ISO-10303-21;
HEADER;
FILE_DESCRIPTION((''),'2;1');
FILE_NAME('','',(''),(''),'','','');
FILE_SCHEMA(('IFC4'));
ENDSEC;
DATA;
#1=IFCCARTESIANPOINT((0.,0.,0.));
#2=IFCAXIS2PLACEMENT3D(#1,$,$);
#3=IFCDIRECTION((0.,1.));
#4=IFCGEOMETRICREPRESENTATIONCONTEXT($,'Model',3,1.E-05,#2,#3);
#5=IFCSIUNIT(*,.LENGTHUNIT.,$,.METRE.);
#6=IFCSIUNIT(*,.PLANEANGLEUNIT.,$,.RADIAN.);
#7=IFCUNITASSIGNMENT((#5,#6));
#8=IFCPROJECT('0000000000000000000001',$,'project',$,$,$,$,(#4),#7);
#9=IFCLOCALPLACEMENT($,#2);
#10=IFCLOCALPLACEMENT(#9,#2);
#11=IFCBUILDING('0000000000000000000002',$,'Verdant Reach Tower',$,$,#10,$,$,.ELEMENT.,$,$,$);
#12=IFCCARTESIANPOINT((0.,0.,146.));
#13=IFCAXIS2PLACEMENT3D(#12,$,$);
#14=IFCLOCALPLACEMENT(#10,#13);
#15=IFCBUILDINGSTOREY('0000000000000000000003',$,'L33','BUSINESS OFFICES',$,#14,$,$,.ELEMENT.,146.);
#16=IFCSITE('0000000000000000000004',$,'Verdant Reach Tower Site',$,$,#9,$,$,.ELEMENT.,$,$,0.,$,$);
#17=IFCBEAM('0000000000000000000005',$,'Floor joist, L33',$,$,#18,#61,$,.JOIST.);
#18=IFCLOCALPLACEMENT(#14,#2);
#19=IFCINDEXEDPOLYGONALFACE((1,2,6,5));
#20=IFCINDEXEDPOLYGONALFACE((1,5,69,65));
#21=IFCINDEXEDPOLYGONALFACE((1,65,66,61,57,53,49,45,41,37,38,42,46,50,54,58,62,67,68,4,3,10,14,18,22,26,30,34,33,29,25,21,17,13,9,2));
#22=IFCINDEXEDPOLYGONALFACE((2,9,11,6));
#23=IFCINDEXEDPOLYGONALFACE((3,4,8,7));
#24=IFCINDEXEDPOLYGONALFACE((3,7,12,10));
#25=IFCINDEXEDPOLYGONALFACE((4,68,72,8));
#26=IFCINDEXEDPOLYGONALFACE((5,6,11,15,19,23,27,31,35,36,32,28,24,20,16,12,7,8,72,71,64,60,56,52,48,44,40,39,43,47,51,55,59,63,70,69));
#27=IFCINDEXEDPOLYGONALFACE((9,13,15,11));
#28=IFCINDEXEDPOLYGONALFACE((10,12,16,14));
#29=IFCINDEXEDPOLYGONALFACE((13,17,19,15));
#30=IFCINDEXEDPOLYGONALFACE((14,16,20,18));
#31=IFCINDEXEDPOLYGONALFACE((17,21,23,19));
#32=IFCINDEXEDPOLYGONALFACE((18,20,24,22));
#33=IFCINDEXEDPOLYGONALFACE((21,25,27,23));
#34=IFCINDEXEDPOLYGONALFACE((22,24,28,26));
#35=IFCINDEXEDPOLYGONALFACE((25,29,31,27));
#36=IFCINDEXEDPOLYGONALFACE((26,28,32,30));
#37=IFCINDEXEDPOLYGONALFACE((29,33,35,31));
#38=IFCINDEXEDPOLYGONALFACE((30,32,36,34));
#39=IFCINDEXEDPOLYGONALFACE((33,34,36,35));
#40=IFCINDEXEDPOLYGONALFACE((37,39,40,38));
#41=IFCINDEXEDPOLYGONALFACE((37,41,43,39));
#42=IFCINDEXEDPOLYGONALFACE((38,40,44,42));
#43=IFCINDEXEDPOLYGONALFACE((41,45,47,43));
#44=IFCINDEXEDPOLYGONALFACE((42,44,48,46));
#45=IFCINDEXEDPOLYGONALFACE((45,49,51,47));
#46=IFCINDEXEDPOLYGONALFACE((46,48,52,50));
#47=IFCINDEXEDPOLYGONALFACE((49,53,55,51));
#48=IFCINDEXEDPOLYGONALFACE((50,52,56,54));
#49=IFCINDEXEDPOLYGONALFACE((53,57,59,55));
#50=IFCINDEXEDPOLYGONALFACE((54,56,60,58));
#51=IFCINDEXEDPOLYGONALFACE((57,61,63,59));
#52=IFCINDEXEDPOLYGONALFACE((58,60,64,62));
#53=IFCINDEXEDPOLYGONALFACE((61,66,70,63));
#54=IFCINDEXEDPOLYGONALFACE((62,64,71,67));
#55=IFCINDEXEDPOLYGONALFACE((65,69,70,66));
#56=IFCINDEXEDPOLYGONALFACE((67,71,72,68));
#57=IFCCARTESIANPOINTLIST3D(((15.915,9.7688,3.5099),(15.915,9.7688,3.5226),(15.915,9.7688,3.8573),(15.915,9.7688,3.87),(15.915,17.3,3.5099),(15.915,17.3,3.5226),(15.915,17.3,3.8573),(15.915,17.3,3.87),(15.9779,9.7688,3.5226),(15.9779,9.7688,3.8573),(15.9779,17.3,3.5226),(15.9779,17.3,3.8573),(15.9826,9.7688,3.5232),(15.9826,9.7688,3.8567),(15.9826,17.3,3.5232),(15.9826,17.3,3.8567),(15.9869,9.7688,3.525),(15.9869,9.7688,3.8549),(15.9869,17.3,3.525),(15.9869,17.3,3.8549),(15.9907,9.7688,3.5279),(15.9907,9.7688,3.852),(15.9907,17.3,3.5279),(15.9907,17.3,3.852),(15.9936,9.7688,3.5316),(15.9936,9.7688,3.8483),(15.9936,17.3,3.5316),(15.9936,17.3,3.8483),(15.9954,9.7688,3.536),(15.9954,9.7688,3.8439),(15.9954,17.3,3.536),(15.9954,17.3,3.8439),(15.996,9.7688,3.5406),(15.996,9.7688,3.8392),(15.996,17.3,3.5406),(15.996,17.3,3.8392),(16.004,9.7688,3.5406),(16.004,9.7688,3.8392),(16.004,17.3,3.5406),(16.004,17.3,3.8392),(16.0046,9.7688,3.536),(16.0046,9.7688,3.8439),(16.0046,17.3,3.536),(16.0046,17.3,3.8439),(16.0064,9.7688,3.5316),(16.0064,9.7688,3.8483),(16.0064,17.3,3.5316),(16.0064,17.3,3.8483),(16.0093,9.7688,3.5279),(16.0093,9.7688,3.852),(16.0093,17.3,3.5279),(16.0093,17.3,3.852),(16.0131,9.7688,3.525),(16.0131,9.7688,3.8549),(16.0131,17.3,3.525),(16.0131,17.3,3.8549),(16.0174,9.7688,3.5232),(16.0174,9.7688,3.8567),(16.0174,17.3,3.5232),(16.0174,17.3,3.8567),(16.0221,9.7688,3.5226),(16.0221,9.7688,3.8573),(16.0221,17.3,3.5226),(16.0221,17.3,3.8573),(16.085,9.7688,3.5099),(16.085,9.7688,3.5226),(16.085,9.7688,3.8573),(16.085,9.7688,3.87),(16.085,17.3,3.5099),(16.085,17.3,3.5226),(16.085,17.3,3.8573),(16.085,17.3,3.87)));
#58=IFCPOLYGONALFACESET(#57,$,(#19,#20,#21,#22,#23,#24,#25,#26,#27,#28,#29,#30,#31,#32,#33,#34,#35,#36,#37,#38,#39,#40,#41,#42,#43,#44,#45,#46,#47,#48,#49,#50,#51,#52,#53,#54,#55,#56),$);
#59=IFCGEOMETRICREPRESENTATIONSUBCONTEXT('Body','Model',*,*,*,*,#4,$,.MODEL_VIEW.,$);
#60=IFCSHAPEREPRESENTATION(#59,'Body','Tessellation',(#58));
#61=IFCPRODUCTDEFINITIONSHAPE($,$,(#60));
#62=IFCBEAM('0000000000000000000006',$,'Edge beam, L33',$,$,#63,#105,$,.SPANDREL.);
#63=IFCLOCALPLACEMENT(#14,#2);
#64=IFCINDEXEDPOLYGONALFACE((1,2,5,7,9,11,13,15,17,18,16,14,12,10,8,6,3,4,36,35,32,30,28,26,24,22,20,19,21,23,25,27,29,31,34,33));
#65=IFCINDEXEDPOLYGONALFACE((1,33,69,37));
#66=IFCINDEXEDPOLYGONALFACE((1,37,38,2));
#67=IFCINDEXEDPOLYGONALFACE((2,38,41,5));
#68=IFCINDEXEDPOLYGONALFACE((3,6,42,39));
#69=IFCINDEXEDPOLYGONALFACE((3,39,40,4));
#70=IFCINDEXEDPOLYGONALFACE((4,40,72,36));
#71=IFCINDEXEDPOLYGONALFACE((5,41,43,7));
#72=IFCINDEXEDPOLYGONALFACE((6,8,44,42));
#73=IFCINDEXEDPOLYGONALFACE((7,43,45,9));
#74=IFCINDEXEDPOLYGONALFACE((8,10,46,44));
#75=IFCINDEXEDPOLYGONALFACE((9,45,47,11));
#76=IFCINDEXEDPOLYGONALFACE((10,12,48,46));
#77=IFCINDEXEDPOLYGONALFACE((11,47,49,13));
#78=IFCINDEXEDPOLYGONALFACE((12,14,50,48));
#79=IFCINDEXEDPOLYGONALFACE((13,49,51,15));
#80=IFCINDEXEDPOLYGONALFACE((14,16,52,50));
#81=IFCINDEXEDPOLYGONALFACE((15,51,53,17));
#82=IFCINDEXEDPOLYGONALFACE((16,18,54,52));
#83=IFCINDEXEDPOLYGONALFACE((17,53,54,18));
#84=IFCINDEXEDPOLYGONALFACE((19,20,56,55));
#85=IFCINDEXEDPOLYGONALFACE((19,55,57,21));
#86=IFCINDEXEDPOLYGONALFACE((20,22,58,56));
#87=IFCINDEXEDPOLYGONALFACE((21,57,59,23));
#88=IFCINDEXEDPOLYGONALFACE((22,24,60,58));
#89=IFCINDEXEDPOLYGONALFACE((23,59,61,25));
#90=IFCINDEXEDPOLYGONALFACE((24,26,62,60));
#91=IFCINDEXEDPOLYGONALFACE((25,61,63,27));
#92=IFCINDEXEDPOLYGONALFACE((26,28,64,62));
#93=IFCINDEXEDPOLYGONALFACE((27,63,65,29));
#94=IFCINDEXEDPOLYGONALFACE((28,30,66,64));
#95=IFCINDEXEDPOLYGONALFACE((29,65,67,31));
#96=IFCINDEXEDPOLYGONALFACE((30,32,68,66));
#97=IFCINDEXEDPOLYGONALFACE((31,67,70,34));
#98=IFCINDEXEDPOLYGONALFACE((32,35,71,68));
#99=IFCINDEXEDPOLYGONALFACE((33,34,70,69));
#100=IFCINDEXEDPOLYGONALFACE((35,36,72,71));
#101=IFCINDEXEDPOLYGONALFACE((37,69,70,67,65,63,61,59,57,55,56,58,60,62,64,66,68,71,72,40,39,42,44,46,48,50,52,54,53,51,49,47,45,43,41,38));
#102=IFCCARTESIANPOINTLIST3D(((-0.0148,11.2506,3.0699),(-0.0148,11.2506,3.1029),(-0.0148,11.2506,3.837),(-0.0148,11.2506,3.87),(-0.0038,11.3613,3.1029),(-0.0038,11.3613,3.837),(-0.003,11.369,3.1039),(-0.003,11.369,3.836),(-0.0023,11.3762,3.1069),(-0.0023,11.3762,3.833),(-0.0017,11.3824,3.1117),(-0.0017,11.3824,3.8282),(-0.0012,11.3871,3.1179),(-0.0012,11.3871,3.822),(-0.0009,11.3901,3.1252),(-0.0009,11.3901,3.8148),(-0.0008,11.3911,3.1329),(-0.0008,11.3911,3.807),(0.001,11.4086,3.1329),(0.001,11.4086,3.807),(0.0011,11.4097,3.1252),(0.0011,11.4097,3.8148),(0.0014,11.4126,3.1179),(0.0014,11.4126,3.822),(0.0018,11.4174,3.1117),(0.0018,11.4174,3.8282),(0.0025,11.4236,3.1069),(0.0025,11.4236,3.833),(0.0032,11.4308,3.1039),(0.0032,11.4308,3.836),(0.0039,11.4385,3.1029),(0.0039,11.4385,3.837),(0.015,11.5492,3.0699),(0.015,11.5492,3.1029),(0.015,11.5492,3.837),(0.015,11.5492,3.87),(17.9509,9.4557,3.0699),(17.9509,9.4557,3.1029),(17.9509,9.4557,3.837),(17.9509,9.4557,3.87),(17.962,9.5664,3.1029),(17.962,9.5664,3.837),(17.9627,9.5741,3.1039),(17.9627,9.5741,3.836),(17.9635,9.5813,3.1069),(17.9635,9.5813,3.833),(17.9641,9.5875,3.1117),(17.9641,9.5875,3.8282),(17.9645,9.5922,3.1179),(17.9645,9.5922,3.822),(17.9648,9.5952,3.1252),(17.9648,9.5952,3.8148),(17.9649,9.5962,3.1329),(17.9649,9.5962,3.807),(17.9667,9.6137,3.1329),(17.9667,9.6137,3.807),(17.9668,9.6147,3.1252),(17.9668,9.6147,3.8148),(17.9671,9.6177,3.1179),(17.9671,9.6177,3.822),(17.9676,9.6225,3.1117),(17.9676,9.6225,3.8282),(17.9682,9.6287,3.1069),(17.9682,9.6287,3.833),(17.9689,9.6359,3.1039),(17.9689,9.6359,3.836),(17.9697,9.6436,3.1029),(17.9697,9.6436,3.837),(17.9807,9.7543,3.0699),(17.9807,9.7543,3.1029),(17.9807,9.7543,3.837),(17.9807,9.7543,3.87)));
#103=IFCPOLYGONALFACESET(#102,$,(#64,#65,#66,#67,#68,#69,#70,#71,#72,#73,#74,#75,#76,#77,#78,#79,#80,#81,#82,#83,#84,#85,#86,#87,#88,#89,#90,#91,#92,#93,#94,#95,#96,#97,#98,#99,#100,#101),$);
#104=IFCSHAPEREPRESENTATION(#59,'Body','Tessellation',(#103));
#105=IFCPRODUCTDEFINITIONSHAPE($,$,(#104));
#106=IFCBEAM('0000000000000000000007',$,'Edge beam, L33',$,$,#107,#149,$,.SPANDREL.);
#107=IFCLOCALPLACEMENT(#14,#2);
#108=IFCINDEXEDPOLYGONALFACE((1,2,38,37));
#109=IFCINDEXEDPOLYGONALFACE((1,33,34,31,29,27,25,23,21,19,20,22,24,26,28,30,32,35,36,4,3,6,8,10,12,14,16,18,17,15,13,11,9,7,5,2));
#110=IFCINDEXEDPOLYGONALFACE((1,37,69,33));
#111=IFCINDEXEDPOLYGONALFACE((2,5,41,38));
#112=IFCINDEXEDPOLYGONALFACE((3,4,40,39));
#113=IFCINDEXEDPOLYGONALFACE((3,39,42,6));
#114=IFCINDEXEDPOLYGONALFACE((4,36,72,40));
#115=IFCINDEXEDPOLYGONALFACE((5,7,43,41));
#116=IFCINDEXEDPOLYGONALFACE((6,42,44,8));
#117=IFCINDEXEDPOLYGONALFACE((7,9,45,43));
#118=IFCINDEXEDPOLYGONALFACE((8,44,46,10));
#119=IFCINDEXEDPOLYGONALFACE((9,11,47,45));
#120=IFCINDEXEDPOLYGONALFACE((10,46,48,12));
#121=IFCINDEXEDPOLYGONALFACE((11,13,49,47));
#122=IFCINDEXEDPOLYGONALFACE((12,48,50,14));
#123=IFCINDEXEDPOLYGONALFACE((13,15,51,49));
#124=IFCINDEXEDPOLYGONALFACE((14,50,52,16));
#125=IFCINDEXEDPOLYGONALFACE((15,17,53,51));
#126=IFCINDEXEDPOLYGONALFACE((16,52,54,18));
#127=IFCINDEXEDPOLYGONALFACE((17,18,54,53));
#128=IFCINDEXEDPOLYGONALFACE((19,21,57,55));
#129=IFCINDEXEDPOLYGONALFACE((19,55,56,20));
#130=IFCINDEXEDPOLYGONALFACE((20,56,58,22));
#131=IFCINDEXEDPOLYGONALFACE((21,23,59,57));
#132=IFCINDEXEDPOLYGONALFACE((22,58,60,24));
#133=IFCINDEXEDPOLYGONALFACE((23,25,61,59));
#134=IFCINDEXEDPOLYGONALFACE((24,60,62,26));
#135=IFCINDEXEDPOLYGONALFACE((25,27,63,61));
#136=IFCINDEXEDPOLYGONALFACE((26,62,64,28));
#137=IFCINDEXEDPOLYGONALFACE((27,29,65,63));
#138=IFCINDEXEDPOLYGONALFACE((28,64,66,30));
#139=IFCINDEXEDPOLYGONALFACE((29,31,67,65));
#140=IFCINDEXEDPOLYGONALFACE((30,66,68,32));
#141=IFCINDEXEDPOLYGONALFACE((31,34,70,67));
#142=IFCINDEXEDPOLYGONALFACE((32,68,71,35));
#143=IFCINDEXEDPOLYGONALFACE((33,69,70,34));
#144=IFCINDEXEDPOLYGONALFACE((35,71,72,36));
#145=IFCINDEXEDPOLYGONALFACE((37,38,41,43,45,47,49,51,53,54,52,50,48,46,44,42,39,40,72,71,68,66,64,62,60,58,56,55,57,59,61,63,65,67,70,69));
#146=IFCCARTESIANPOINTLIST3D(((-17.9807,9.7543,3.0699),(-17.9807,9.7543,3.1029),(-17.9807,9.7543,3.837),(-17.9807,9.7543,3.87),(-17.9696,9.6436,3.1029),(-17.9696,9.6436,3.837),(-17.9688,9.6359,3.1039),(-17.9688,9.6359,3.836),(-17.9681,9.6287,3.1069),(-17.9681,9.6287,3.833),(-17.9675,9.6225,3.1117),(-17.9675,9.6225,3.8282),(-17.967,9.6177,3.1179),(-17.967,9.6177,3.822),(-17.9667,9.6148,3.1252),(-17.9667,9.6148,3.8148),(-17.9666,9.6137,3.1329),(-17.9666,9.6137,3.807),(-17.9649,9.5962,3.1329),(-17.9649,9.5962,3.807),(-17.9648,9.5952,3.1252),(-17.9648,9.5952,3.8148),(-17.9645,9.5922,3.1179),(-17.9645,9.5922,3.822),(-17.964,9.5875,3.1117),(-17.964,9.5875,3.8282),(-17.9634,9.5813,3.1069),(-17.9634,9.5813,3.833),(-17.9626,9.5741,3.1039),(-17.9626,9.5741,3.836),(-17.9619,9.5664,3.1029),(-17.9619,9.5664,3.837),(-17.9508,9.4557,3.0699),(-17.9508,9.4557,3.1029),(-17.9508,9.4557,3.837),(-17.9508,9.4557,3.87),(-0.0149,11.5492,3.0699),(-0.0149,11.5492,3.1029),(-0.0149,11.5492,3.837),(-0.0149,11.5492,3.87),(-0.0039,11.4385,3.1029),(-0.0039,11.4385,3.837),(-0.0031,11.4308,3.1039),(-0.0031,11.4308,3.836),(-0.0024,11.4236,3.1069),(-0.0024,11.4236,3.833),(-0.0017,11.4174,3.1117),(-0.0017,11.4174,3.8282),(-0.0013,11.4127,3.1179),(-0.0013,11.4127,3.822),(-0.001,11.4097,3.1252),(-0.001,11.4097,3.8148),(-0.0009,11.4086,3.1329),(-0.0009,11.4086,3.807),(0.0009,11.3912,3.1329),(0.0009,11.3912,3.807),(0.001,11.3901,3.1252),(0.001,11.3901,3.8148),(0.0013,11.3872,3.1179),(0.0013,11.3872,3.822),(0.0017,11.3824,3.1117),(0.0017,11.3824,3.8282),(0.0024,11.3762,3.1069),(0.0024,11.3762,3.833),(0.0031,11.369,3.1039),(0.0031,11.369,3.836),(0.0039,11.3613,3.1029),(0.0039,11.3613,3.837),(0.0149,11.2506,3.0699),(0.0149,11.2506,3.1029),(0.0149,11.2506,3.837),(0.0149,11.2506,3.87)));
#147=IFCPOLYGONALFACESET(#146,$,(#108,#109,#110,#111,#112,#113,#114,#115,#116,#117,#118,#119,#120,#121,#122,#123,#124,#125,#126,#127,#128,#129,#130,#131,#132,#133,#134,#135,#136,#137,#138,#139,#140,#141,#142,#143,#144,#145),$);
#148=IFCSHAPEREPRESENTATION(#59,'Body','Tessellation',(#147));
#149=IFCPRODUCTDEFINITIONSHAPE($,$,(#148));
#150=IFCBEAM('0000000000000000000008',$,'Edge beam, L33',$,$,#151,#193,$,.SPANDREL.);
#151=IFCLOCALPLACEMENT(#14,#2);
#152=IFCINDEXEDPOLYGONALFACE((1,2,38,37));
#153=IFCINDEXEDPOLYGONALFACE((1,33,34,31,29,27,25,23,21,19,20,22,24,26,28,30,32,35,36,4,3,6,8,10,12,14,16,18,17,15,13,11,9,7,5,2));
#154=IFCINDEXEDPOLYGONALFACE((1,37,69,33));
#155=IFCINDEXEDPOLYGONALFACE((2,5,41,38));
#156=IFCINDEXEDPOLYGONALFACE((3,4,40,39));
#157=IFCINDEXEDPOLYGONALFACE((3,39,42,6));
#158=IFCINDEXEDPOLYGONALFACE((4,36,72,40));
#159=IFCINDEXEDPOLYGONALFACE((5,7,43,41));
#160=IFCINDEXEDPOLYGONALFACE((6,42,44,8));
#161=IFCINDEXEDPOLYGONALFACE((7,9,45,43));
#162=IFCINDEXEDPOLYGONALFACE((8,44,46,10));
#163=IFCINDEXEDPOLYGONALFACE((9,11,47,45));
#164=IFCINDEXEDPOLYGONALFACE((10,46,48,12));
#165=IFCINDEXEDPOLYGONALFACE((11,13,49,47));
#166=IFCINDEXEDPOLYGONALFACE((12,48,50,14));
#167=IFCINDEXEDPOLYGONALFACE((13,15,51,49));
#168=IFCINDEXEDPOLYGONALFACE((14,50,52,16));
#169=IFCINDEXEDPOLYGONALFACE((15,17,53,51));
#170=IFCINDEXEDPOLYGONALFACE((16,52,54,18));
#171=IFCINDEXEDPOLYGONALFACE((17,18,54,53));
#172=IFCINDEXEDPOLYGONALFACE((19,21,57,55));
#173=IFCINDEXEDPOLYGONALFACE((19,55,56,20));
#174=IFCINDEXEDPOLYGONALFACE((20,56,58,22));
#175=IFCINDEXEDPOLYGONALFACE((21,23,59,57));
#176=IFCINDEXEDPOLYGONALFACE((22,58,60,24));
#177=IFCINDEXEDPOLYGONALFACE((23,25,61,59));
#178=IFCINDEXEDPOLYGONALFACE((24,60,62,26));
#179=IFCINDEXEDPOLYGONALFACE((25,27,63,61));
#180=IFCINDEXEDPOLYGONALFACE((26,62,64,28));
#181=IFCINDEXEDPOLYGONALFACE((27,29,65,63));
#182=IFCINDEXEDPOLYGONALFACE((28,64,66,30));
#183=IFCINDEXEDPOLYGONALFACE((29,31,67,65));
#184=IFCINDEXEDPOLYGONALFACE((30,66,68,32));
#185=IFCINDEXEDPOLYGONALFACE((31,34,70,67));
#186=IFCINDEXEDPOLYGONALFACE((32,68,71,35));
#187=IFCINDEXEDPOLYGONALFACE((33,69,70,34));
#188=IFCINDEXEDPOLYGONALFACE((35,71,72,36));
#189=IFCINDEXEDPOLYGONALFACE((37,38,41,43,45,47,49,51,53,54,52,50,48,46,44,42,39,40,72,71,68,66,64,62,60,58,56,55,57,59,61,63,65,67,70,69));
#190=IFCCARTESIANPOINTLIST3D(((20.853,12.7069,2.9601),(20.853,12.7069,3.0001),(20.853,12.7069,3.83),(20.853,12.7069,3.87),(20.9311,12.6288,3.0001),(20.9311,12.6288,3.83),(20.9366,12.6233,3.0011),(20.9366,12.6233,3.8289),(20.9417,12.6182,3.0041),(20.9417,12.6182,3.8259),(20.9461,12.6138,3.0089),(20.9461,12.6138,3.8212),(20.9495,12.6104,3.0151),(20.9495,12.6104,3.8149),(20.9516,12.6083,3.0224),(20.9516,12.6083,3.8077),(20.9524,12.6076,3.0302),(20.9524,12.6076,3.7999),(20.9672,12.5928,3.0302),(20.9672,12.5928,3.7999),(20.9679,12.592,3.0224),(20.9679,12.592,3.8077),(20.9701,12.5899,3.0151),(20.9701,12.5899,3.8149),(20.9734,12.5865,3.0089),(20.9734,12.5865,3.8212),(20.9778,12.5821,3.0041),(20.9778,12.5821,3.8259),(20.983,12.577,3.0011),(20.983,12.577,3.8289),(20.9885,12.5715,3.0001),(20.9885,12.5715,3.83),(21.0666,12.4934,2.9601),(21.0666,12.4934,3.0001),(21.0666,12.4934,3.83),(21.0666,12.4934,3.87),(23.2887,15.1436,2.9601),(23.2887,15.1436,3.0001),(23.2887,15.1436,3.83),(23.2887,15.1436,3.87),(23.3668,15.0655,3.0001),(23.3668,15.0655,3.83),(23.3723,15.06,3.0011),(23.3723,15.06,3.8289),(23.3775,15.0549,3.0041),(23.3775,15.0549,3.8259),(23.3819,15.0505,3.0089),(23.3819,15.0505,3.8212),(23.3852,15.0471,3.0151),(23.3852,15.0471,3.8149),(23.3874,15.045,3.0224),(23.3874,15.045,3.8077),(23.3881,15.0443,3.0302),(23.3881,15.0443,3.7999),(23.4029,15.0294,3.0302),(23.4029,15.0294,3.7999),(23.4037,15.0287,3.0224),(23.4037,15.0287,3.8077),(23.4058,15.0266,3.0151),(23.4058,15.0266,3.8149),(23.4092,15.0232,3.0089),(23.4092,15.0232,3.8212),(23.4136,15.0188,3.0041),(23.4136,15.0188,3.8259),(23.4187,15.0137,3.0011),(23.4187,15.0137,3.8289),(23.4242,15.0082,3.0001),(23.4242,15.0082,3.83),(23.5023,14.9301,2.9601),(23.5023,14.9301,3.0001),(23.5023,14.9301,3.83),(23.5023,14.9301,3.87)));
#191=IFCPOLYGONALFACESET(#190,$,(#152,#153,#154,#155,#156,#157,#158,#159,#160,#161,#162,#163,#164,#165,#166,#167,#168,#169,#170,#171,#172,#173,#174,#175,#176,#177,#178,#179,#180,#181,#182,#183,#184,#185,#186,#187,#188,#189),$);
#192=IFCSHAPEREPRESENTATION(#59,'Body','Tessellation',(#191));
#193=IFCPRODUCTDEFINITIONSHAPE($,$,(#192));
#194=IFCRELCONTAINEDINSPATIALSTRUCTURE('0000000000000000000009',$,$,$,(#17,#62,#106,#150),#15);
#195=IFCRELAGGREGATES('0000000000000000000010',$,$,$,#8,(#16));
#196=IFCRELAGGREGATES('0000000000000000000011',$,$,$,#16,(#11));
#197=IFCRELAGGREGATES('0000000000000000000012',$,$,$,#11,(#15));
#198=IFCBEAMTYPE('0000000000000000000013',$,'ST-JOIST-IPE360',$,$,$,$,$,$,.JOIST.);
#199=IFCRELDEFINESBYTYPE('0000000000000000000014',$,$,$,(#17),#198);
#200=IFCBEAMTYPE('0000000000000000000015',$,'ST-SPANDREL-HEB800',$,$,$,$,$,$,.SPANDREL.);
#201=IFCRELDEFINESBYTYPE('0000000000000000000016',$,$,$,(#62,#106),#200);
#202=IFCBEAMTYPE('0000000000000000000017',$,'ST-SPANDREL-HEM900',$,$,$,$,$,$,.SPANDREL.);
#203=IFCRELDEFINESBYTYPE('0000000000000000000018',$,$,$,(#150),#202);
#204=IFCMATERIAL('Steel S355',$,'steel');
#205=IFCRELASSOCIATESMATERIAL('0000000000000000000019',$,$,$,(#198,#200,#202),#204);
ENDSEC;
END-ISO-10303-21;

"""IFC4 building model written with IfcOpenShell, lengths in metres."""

from ifc_helpers import new_model, si_unit, direction, frame, origin, origin_2d, place, context, subcontext, project, spatial, i_section, extrude, material, material_profile, profile_set, type_object, element, save


model = new_model("IFC4")

# Units and contexts
model_context = context("Model", 3, precision=1e-05, world=origin(), true_north=direction((0.0, 1.0)))
body_context = subcontext(model_context, "Body", "Model", "MODEL_VIEW")
ifc_project = project(units=[si_unit("LENGTHUNIT", "METRE"), si_unit("PLANEANGLEUNIT", "RADIAN")], contexts=[model_context])

# Site, building, storey
site_placement = place(None, origin())
site = spatial("IfcSite", under=ifc_project, at=site_placement, Name="Verdant Reach Tower Site", CompositionType="ELEMENT", RefElevation=0.0)
building_placement = place(site_placement, origin())
building = spatial("IfcBuilding", under=site, at=building_placement, Name="Verdant Reach Tower", CompositionType="ELEMENT")
storey_placement = place(building_placement, frame((0.0, 0.0, 146.0)))
storey = spatial("IfcBuildingStorey", under=building, at=storey_placement, Name="L33", Description="BUSINESS OFFICES", CompositionType="ELEMENT", Elevation=146.0)

# Beams
ifc_material_1 = material(Name="Steel S355", Category="steel")
ifc_material_profile_1 = material_profile(ifc_material_1, i_section(OverallWidth=0.1699, OverallDepth=0.3601, WebThickness=0.0081, FlangeThickness=0.0127, FilletRadius=0.0181, at=origin_2d()), Name="IPE 360")
ifc_profile_set_1 = profile_set([ifc_material_profile_1], Name="Steel S355")
beam_type_1 = type_object("IfcBeamType", Name="ST-JOIST-IPE360", PredefinedType="JOIST", material=ifc_profile_set_1)
beam_1_placement = place(storey_placement, frame((16.0, 17.3, 3.6899), z_axis=(0.0, -1.0, 0.0), x_axis=(1.0, 0.0, 0.0)))
element("IfcBeam", 1, at=beam_1_placement, inside=storey, type_object=beam_type_1, Name="Floor joist, L33", PredefinedType="JOIST", context=body_context, shape_type="SweptSolid", body=[
    extrude(i_section(OverallWidth=0.1699, OverallDepth=0.3601, WebThickness=0.0081, FlangeThickness=0.0127, FilletRadius=0.0181, at=origin_2d()), origin(), (0.0, 0.0, 1.0), 7.5312),
])
ifc_material_profile_2 = material_profile(ifc_material_1, i_section(OverallWidth=0.3, OverallDepth=0.8, WebThickness=0.0176, FlangeThickness=0.033, FilletRadius=0.03, at=origin_2d()), Name="HEB 800")
ifc_profile_set_2 = profile_set([ifc_material_profile_2], Name="Steel S355")
beam_type_2 = type_object("IfcBeamType", Name="ST-SPANDREL-HEB800", PredefinedType="SPANDREL", material=ifc_profile_set_2)
for number, where, z_axis, x_axis, name in (
    (2, (17.9658, 9.605, 3.47), (-0.995046, 0.099413, 0.0), (-0.099413, -0.995046, 0.0), "Edge beam, L33"),
    (3, (0.0, 11.3999, 3.47), (-0.995046, -0.099413, 0.0), (0.099413, -0.995046, 0.0), "Edge beam, L33"),
):
    element("IfcBeam", number, at=place(storey_placement, frame(where, z_axis=z_axis, x_axis=x_axis)), inside=storey, type_object=beam_type_2, Name=name, PredefinedType="SPANDREL", context=body_context, shape_type="SweptSolid", body=[
        extrude(i_section(OverallWidth=0.3, OverallDepth=0.8, WebThickness=0.0176, FlangeThickness=0.033, FilletRadius=0.03, at=origin_2d()), origin(), (0.0, 0.0, 1.0), 18.0552),
    ])
ifc_material_profile_3 = material_profile(ifc_material_1, i_section(OverallWidth=0.302, OverallDepth=0.9099, WebThickness=0.021, FlangeThickness=0.04, FilletRadius=0.03, at=origin_2d()), Name="HEM 900")
ifc_profile_set_3 = profile_set([ifc_material_profile_3], Name="Steel S355")
beam_type_3 = type_object("IfcBeamType", Name="ST-SPANDREL-HEM900", PredefinedType="SPANDREL", material=ifc_profile_set_3)
beam_2_placement = place(storey_placement, frame((23.3955, 15.0369, 3.415), z_axis=(-0.706965, -0.707248, 0.0), x_axis=(0.707248, -0.706965, 0.0)))
element("IfcBeam", 4, at=beam_2_placement, inside=storey, type_object=beam_type_3, Name="Edge beam, L33", PredefinedType="SPANDREL", context=body_context, shape_type="SweptSolid", body=[
    extrude(i_section(OverallWidth=0.302, OverallDepth=0.9099, WebThickness=0.021, FlangeThickness=0.04, FilletRadius=0.03, at=origin_2d()), origin(), (0.0, 0.0, 1.0), 3.4453),
])

save(model, "model.ifc")
